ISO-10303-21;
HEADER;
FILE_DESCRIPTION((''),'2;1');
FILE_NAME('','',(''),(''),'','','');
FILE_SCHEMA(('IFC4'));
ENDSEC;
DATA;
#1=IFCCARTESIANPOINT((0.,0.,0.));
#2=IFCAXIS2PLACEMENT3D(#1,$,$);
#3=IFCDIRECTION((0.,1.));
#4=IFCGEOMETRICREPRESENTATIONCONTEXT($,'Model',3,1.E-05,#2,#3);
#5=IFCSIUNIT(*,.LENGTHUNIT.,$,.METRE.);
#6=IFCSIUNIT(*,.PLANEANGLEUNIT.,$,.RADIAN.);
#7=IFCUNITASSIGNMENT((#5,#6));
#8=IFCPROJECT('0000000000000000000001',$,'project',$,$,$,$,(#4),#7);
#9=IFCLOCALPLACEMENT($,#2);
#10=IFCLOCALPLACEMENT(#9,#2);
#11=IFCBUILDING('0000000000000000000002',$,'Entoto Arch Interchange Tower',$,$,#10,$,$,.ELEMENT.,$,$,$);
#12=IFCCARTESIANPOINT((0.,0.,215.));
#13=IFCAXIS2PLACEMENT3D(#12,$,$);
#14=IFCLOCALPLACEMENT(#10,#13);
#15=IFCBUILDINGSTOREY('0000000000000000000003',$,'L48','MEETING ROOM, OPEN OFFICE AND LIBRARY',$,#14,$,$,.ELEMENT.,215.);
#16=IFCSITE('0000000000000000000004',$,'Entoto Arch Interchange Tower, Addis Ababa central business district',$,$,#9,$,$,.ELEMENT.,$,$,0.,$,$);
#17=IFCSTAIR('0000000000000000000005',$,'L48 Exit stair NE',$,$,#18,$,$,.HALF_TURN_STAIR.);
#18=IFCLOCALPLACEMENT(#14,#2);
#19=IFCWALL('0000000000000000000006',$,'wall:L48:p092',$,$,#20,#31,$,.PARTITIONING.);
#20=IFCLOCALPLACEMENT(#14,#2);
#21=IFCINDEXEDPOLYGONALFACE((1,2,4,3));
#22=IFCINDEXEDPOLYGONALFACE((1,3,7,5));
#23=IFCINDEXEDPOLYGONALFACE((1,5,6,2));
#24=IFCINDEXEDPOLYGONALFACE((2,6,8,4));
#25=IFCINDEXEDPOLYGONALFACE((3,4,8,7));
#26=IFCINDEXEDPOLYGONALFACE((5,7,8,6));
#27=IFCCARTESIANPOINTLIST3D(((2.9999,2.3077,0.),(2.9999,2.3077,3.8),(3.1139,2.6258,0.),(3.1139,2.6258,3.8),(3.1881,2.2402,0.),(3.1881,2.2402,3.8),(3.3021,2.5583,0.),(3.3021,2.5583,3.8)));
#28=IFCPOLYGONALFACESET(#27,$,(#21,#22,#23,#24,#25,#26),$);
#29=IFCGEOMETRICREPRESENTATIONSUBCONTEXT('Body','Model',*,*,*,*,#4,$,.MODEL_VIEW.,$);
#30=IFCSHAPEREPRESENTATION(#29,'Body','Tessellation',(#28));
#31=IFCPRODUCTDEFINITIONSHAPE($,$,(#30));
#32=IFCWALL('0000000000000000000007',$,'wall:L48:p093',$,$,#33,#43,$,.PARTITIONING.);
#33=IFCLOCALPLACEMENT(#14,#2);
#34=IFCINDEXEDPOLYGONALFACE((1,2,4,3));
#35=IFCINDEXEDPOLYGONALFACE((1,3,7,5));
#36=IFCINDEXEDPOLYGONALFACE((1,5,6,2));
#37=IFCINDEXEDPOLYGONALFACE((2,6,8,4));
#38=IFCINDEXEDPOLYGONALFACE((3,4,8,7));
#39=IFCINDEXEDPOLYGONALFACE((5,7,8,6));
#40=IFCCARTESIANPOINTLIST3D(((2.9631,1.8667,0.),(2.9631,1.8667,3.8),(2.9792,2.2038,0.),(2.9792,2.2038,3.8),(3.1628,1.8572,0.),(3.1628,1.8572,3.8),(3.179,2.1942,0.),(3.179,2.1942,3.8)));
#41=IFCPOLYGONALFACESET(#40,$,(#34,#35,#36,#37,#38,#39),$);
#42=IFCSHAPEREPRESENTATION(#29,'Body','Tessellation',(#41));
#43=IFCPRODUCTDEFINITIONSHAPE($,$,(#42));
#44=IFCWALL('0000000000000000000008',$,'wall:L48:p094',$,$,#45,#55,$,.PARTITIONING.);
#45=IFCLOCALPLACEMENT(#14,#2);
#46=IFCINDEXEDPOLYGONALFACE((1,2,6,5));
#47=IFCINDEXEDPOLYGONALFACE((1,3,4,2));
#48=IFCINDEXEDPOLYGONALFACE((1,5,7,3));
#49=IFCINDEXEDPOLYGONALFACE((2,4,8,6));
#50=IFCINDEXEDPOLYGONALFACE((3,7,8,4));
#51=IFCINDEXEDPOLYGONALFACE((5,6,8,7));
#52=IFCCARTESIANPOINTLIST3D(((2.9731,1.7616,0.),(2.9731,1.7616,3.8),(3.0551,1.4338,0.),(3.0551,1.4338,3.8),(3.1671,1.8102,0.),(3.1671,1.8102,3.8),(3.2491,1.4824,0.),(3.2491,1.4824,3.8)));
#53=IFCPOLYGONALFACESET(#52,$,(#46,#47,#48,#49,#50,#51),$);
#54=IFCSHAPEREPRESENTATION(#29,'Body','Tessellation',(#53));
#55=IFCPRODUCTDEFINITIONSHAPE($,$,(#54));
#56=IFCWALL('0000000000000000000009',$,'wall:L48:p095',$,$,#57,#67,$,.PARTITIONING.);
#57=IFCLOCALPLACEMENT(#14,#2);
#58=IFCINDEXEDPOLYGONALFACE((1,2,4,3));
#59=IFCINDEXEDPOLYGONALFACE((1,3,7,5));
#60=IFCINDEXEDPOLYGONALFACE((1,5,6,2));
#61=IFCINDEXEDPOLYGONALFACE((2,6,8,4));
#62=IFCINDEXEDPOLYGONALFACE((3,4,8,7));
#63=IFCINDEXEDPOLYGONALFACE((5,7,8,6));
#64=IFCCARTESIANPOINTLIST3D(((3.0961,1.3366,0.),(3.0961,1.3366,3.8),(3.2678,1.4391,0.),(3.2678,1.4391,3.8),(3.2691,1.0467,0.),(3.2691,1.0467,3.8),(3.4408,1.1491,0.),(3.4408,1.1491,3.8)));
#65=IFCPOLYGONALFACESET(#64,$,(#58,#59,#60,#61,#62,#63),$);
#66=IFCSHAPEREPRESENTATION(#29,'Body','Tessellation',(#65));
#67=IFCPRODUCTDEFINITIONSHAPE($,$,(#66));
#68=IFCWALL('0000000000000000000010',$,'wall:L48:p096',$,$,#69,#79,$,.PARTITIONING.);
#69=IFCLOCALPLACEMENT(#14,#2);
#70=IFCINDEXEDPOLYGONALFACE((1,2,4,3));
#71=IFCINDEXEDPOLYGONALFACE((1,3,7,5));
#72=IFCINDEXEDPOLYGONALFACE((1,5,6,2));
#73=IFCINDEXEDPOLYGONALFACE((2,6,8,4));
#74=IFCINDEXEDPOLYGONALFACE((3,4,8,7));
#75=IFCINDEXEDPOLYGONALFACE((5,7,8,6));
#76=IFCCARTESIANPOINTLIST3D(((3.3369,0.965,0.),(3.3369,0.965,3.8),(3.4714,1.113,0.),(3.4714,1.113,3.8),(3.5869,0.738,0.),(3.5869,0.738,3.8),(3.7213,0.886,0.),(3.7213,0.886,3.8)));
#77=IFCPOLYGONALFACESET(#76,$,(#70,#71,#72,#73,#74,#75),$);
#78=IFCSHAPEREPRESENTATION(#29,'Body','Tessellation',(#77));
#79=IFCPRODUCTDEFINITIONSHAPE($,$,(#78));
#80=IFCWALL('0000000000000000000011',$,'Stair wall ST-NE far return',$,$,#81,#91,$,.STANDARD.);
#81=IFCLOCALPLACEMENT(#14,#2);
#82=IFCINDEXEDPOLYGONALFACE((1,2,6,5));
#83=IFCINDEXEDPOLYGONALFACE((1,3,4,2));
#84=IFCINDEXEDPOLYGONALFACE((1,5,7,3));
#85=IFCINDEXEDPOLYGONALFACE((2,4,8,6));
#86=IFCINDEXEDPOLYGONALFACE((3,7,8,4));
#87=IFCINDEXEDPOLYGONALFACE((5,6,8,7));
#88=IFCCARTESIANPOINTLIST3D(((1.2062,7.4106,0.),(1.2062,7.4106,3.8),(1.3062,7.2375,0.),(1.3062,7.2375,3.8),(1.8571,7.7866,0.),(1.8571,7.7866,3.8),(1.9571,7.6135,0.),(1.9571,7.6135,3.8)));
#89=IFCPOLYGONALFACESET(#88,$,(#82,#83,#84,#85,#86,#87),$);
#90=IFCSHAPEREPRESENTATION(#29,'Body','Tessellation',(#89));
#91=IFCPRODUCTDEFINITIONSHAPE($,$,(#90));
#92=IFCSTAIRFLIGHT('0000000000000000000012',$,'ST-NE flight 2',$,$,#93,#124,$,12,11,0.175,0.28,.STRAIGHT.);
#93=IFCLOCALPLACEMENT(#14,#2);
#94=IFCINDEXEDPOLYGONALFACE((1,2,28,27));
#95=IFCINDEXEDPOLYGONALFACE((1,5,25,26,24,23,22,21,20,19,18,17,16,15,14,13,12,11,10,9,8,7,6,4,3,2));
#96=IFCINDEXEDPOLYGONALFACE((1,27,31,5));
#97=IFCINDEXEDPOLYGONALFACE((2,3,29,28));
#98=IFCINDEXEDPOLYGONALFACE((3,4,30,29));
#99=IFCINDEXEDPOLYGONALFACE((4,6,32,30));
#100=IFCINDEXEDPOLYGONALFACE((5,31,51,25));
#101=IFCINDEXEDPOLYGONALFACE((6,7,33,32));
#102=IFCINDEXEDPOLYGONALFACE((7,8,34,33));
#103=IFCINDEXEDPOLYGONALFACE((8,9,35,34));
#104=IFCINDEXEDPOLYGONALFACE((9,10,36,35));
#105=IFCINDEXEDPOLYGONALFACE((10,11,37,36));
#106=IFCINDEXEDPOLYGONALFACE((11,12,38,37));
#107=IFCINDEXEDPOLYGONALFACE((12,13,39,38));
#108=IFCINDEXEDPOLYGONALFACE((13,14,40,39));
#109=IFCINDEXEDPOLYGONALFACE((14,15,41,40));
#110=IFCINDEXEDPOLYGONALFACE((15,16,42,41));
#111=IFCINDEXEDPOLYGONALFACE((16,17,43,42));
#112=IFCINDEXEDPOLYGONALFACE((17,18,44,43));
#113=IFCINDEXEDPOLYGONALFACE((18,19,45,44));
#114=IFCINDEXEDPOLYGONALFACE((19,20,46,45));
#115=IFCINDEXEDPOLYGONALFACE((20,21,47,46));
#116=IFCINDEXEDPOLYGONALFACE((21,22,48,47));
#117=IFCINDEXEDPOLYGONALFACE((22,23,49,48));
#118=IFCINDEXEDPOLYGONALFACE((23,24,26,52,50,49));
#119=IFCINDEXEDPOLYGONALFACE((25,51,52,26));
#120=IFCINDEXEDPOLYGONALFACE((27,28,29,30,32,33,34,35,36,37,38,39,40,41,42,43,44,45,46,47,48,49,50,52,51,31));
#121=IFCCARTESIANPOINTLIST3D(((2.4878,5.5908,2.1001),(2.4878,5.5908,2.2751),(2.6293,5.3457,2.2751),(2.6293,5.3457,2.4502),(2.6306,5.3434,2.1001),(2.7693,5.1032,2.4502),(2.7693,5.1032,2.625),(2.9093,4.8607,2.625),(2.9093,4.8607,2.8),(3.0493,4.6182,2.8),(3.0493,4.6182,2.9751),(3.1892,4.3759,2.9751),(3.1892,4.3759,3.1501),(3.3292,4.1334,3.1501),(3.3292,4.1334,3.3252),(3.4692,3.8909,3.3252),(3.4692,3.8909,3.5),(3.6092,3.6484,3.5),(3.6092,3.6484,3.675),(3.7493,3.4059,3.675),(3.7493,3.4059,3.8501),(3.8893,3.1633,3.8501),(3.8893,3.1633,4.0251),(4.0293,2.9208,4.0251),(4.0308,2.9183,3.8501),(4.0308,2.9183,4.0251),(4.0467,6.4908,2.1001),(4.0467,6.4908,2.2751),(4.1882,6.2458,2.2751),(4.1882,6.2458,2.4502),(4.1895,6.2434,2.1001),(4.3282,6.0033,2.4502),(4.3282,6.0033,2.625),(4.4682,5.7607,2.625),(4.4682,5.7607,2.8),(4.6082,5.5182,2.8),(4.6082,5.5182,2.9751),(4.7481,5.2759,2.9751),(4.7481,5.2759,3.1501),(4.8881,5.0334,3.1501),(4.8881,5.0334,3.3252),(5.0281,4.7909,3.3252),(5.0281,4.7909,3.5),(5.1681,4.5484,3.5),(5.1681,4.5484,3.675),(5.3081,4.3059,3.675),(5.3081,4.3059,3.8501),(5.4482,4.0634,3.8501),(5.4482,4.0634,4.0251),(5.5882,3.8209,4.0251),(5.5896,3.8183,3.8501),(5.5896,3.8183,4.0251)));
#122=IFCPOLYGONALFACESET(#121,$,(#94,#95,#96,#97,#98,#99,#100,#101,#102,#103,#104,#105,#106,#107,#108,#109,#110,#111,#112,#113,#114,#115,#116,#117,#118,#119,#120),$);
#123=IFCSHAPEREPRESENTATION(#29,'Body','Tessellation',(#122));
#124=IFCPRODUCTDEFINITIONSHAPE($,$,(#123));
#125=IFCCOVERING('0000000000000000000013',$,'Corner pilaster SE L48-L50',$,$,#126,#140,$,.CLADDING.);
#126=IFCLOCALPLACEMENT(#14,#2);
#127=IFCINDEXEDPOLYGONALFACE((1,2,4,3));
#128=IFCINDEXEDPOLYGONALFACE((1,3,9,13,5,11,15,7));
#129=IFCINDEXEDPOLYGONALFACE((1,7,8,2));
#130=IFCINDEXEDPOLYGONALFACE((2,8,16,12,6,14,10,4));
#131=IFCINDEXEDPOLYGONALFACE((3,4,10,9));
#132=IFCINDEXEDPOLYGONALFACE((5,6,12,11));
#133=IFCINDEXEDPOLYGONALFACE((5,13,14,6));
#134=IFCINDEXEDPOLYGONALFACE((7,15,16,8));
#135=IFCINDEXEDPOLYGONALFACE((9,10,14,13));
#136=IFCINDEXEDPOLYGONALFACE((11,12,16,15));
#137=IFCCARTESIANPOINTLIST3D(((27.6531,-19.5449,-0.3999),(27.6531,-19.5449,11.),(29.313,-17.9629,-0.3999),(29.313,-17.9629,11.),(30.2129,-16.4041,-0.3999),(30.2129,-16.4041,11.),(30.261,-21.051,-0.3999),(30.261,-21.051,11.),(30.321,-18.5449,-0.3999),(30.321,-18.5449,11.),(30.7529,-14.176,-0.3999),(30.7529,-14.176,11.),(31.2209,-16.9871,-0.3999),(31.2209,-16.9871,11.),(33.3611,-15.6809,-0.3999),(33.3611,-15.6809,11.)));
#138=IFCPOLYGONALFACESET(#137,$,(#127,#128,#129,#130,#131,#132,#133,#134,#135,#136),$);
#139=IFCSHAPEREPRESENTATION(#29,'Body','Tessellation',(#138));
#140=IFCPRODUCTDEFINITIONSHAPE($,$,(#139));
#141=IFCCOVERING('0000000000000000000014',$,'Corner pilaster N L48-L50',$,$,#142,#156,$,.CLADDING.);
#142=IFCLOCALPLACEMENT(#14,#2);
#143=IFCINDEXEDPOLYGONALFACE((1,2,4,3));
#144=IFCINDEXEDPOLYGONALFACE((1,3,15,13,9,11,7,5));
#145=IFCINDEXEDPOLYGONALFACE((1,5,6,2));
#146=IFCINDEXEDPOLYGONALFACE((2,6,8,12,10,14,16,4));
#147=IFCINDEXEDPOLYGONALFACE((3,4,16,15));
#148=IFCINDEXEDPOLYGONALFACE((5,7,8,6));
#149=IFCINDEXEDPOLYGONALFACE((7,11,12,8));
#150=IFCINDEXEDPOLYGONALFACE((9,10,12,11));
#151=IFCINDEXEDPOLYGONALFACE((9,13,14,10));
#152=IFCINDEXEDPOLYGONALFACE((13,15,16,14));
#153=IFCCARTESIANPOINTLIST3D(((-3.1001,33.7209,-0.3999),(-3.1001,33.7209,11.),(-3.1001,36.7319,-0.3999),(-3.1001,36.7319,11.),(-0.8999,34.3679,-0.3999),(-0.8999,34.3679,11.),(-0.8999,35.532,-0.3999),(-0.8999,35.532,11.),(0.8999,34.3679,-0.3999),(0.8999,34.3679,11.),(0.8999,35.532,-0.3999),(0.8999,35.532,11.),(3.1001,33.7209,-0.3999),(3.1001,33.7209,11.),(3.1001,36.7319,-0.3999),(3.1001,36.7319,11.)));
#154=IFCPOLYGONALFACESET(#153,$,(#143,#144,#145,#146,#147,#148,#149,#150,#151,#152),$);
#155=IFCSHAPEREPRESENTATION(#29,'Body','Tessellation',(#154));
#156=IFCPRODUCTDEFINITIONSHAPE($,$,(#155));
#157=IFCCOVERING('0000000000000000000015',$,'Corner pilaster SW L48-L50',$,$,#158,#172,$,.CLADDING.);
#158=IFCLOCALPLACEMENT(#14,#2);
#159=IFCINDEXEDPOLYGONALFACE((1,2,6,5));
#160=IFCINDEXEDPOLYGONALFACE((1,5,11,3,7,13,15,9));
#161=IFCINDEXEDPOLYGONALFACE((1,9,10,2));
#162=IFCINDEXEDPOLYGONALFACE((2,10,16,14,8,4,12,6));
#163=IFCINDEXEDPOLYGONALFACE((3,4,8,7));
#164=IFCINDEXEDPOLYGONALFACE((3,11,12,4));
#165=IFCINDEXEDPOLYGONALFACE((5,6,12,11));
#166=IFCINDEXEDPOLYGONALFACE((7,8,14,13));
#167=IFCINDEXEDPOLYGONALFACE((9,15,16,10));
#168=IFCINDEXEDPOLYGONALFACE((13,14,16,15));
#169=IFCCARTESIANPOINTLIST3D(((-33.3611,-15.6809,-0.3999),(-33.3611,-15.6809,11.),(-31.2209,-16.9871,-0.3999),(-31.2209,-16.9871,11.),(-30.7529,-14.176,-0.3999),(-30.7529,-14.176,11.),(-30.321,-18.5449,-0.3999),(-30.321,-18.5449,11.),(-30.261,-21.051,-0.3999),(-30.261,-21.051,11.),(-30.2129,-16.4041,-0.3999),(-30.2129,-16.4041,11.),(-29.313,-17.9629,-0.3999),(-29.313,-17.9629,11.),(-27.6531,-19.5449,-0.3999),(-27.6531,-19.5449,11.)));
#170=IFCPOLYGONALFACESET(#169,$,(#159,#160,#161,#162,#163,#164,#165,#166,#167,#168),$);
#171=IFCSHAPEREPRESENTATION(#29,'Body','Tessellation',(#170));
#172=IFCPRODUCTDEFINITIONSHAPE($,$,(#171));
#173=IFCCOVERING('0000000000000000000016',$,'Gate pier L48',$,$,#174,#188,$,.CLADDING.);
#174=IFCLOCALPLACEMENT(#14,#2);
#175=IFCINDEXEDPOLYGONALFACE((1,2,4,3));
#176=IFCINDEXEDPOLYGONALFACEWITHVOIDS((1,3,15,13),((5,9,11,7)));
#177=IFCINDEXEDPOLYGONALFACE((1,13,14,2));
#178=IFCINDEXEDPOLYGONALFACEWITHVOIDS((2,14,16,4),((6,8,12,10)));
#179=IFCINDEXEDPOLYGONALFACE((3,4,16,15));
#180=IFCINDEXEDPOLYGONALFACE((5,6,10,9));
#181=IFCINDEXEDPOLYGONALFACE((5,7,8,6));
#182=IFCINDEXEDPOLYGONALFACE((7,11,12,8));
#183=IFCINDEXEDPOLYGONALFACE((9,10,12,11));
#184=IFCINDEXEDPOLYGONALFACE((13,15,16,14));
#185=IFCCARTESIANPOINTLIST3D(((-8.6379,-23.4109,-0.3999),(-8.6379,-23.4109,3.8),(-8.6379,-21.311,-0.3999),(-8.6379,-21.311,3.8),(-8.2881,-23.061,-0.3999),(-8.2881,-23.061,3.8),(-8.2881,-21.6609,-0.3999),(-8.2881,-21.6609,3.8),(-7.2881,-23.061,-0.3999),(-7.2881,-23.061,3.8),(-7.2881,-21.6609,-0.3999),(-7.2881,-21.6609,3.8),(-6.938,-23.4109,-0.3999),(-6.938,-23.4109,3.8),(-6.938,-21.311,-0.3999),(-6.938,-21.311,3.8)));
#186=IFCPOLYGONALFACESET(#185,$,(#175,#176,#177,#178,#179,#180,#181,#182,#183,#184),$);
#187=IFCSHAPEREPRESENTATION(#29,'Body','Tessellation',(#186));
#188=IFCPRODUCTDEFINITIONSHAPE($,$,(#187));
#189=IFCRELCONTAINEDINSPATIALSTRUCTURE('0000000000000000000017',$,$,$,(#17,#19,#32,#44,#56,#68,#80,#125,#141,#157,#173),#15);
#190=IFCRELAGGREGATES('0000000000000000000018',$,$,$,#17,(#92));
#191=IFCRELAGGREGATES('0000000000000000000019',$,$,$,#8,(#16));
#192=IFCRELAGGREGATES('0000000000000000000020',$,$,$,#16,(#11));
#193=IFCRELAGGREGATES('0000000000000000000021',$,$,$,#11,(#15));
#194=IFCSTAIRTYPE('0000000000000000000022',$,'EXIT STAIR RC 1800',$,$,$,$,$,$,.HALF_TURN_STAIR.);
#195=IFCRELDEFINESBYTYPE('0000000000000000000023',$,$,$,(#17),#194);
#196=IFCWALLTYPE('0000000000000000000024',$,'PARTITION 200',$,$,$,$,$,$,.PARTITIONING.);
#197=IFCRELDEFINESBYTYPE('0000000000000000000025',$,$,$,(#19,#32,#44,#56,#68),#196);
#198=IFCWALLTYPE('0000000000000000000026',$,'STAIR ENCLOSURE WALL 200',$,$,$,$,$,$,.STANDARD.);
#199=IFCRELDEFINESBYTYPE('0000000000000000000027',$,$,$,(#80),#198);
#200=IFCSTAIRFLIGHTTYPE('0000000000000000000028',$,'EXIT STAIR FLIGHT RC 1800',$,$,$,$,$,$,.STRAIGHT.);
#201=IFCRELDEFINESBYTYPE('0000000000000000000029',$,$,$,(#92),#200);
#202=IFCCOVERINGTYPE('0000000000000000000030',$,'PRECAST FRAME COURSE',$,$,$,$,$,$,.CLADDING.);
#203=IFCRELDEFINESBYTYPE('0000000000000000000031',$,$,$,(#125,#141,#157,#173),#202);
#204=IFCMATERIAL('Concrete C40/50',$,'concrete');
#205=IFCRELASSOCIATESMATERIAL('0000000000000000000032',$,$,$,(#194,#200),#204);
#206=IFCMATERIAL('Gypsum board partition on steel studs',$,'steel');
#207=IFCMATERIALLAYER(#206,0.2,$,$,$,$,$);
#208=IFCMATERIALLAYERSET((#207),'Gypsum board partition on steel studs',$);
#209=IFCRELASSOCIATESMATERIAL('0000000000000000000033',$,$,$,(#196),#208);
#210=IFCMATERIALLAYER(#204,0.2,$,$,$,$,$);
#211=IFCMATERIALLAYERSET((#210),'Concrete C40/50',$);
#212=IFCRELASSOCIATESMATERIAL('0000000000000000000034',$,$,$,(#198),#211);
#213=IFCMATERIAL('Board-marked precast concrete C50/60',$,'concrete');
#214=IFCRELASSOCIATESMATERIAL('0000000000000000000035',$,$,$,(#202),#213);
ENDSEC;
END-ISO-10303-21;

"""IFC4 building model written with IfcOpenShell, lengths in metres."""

from ifc_helpers import new_model, si_unit, direction, frame, frame_2d, origin, place, context, subcontext, project, spatial, polyline, rectangle, outline, extrude, material, layer, layer_set, type_object, element, aggregate, save


model = new_model("IFC4")

# Units and contexts
model_context = context("Model", 3, precision=1e-05, world=origin(), true_north=direction((0.0, 1.0)))
body_context = subcontext(model_context, "Body", "Model", "MODEL_VIEW")
ifc_project = project(units=[si_unit("LENGTHUNIT", "METRE"), si_unit("PLANEANGLEUNIT", "RADIAN")], contexts=[model_context])

# Site, building, storey
site_placement = place(None, origin())
site = spatial("IfcSite", under=ifc_project, at=site_placement, Name="Entoto Arch Interchange Tower, Addis Ababa central business district", CompositionType="ELEMENT", RefElevation=0.0)
building_placement = place(site_placement, origin())
building = spatial("IfcBuilding", under=site, at=building_placement, Name="Entoto Arch Interchange Tower", CompositionType="ELEMENT")
storey_placement = place(building_placement, frame((0.0, 0.0, 215.0)))
storey = spatial("IfcBuildingStorey", under=building, at=storey_placement, Name="L48", Description="MEETING ROOM, OPEN OFFICE AND LIBRARY", CompositionType="ELEMENT", Elevation=215.0)

# Shared definitions
ifc_material_1 = material(Name="Board-marked precast concrete C50/60", Category="concrete")
ifc_material_2 = material(Name="Concrete C40/50", Category="concrete")

# Stair
stair_type = type_object("IfcStairType", Name="EXIT STAIR RC 1800", PredefinedType="HALF_TURN_STAIR", material=ifc_material_2)
stair_1_placement = place(storey_placement, origin())
stair_1 = element("IfcStair", 1, at=stair_1_placement, inside=storey, type_object=stair_type, Name="L48 Exit stair NE", PredefinedType="HALF_TURN_STAIR")

# Shared definitions
ifc_material_3 = material(Name="Gypsum board partition on steel studs", Category="steel")
ifc_layer_1 = layer(ifc_material_3, 0.2)
ifc_layer_set_1 = layer_set([ifc_layer_1], Name="Gypsum board partition on steel studs")
wall_type_1 = type_object("IfcWallType", Name="PARTITION 200", PredefinedType="PARTITIONING", material=ifc_layer_set_1)

# Walls
wall_1_placement = place(storey_placement, frame((3.208, 2.592, 0.0), z_axis=(0.0, 0.0, 1.0), x_axis=(-0.337389, -0.941365, 0.0)))
element("IfcWall", 2, at=wall_1_placement, inside=storey, type_object=wall_type_1, Name="wall:L48:p092", PredefinedType="PARTITIONING", context=body_context, shape_type="SweptSolid", body=[
    extrude(rectangle(XDim=0.3379, YDim=0.2, at=frame_2d((0.1689, 0.0))), origin(), (0.0, 0.0, 1.0), 3.8),
])
wall_2_placement = place(storey_placement, frame((3.0791, 2.199, 0.0), z_axis=(0.0, 0.0, 1.0), x_axis=(-0.047771, -0.998858, 0.0)))
element("IfcWall", 3, at=wall_2_placement, inside=storey, type_object=wall_type_1, Name="wall:L48:p093", PredefinedType="PARTITIONING", context=body_context, shape_type="SweptSolid", body=[
    extrude(rectangle(XDim=0.3374, YDim=0.2, at=frame_2d((0.1687, 0.0))), origin(), (0.0, 0.0, 1.0), 3.8),
])
wall_3_placement = place(storey_placement, frame((3.0701, 1.7859, 0.0), z_axis=(0.0, 0.0, 1.0), x_axis=(0.242706, -0.9701, 0.0)))
element("IfcWall", 4, at=wall_3_placement, inside=storey, type_object=wall_type_1, Name="wall:L48:p094", PredefinedType="PARTITIONING", context=body_context, shape_type="SweptSolid", body=[
    extrude(rectangle(XDim=0.3379, YDim=0.2, at=frame_2d((0.1689, 0.0))), origin(), (0.0, 0.0, 1.0), 3.8),
])
for number, where, z_axis, x_axis, name in (
    (5, (3.1819, 1.3879, 0.0), (0.0, 0.0, 1.0), (0.512475, -0.858702, 0.0), "wall:L48:p095"),
    (6, (3.4041, 1.0391, 0.0), (0.0, 0.0, 1.0), (0.740267, -0.672313, 0.0), "wall:L48:p096"),
):
    element("IfcWall", number, at=place(storey_placement, frame(where, z_axis=z_axis, x_axis=x_axis)), inside=storey, type_object=wall_type_1, Name=name, PredefinedType="PARTITIONING", context=body_context, shape_type="SweptSolid", body=[
        extrude(rectangle(XDim=0.3376, YDim=0.2, at=frame_2d((0.1689, 0.0))), origin(), (0.0, 0.0, 1.0), 3.8),
    ])
ifc_layer_2 = layer(ifc_material_2, 0.2)
ifc_layer_set_2 = layer_set([ifc_layer_2], Name="Concrete C40/50")
wall_type_2 = type_object("IfcWallType", Name="STAIR ENCLOSURE WALL 200", PredefinedType="STANDARD", material=ifc_layer_set_2)
wall_4_placement = place(storey_placement, frame((1.2561, 7.324, 0.0), z_axis=(0.0, 0.0, 1.0), x_axis=(0.865915, 0.500191, 0.0)))
element("IfcWall", 7, at=wall_4_placement, inside=storey, type_object=wall_type_2, Name="Stair wall ST-NE far return", PredefinedType="STANDARD", context=body_context, shape_type="SweptSolid", body=[
    extrude(rectangle(XDim=0.7517, YDim=0.2, at=frame_2d((0.376, 0.0))), origin(), (0.0, 0.0, 1.0), 3.8),
])

# Stair flight
stair_flight_type = type_object("IfcStairFlightType", Name="EXIT STAIR FLIGHT RC 1800", PredefinedType="STRAIGHT", material=ifc_material_2)
stair_flight_placement = place(storey_placement, frame((3.2688, 6.0383, 2.1001), z_axis=(0.0, 0.0, 1.0), x_axis=(0.5, -0.866025, 0.0)))
stair_flight = element("IfcStairFlight", 8, at=stair_flight_placement, type_object=stair_flight_type, Name="ST-NE flight 2", NumberOfRisers=12, NumberOfTreads=11, PredefinedType="STRAIGHT", RiserHeight=0.175, TreadLength=0.28, context=body_context, shape_type="SweptSolid", body=[
    extrude(outline(polyline([(-0.0029, 0.0), (-0.0029, 0.175), (0.28, 0.175), (0.28, 0.3501), (0.5601, 0.3501), (0.5601, 0.5249), (0.8401, 0.5249), (0.8401, 0.7), (1.1201, 0.7), (1.1201, 0.875), (1.3999, 0.875), (1.3999, 1.05), (1.6799, 1.05), (1.6799, 1.2251), (1.96, 1.2251), (1.96, 1.3999), (2.24, 1.3999), (2.24, 1.575), (2.52, 1.575), (2.52, 1.75), (2.8, 1.75), (2.8, 1.925), (3.0801, 1.925), (3.083, 1.925), (3.083, 1.75), (0.2827, 0.0), (-0.0029, 0.0)])), frame((0.0, 0.8999, 0.0), z_axis=(0.0, -1.0, 0.0), x_axis=(1.0, 0.0, 0.0)), (0.0, 0.0, 1.0), 1.8),
])
aggregate(stair_1, [stair_flight])

# Coverings
covering_type_1 = type_object("IfcCoveringType", Name="PRECAST FRAME COURSE", PredefinedType="CLADDING", material=ifc_material_1)
covering_1_placement = place(storey_placement, frame((0.0, 0.0, -0.3999)))
element("IfcCovering", 9, at=covering_1_placement, inside=storey, type_object=covering_type_1, Name="Corner pilaster SE L48-L50", PredefinedType="CLADDING", context=body_context, shape_type="SweptSolid", body=[
    extrude(outline(polyline([(33.3611, -15.6809), (30.261, -21.051), (27.6531, -19.5449), (29.313, -17.9629), (30.321, -18.5449), (31.2209, -16.9871), (30.2129, -16.4041), (30.7529, -14.176), (33.3611, -15.6809)])), origin(), (0.0, 0.0, 1.0), 11.3999),
])
covering_2_placement = place(storey_placement, frame((0.0, 0.0, -0.3999)))
element("IfcCovering", 10, at=covering_2_placement, inside=storey, type_object=covering_type_1, Name="Corner pilaster N L48-L50", PredefinedType="CLADDING", context=body_context, shape_type="SweptSolid", body=[
    extrude(outline(polyline([(-3.1001, 36.7319), (3.1001, 36.7319), (3.1001, 33.7209), (0.8999, 34.3679), (0.8999, 35.532), (-0.8999, 35.532), (-0.8999, 34.3679), (-3.1001, 33.7209), (-3.1001, 36.7319)])), origin(), (0.0, 0.0, 1.0), 11.3999),
])
covering_3_placement = place(storey_placement, frame((0.0, 0.0, -0.3999)))
element("IfcCovering", 11, at=covering_3_placement, inside=storey, type_object=covering_type_1, Name="Corner pilaster SW L48-L50", PredefinedType="CLADDING", context=body_context, shape_type="SweptSolid", body=[
    extrude(outline(polyline([(-30.261, -21.051), (-33.3611, -15.6809), (-30.7529, -14.176), (-30.2129, -16.4041), (-31.2209, -16.9871), (-30.321, -18.5449), (-29.313, -17.9629), (-27.6531, -19.5449), (-30.261, -21.051)])), origin(), (0.0, 0.0, 1.0), 11.3999),
])
covering_4_placement = place(storey_placement, frame((0.0, 0.0, -0.3999)))
element("IfcCovering", 12, at=covering_4_placement, inside=storey, type_object=covering_type_1, Name="Gate pier L48", PredefinedType="CLADDING", context=body_context, shape_type="SweptSolid", body=[
    extrude(outline(polyline([(-8.6379, -21.311), (-6.938, -21.311), (-6.938, -23.4109), (-8.6379, -23.4109), (-8.6379, -21.311)]), holes=[polyline([(-8.2881, -21.6609), (-8.2881, -23.061), (-7.2881, -23.061), (-7.2881, -21.6609), (-8.2881, -21.6609)])]), origin(), (0.0, 0.0, 1.0), 4.2),
])

save(model, "model.ifc")
